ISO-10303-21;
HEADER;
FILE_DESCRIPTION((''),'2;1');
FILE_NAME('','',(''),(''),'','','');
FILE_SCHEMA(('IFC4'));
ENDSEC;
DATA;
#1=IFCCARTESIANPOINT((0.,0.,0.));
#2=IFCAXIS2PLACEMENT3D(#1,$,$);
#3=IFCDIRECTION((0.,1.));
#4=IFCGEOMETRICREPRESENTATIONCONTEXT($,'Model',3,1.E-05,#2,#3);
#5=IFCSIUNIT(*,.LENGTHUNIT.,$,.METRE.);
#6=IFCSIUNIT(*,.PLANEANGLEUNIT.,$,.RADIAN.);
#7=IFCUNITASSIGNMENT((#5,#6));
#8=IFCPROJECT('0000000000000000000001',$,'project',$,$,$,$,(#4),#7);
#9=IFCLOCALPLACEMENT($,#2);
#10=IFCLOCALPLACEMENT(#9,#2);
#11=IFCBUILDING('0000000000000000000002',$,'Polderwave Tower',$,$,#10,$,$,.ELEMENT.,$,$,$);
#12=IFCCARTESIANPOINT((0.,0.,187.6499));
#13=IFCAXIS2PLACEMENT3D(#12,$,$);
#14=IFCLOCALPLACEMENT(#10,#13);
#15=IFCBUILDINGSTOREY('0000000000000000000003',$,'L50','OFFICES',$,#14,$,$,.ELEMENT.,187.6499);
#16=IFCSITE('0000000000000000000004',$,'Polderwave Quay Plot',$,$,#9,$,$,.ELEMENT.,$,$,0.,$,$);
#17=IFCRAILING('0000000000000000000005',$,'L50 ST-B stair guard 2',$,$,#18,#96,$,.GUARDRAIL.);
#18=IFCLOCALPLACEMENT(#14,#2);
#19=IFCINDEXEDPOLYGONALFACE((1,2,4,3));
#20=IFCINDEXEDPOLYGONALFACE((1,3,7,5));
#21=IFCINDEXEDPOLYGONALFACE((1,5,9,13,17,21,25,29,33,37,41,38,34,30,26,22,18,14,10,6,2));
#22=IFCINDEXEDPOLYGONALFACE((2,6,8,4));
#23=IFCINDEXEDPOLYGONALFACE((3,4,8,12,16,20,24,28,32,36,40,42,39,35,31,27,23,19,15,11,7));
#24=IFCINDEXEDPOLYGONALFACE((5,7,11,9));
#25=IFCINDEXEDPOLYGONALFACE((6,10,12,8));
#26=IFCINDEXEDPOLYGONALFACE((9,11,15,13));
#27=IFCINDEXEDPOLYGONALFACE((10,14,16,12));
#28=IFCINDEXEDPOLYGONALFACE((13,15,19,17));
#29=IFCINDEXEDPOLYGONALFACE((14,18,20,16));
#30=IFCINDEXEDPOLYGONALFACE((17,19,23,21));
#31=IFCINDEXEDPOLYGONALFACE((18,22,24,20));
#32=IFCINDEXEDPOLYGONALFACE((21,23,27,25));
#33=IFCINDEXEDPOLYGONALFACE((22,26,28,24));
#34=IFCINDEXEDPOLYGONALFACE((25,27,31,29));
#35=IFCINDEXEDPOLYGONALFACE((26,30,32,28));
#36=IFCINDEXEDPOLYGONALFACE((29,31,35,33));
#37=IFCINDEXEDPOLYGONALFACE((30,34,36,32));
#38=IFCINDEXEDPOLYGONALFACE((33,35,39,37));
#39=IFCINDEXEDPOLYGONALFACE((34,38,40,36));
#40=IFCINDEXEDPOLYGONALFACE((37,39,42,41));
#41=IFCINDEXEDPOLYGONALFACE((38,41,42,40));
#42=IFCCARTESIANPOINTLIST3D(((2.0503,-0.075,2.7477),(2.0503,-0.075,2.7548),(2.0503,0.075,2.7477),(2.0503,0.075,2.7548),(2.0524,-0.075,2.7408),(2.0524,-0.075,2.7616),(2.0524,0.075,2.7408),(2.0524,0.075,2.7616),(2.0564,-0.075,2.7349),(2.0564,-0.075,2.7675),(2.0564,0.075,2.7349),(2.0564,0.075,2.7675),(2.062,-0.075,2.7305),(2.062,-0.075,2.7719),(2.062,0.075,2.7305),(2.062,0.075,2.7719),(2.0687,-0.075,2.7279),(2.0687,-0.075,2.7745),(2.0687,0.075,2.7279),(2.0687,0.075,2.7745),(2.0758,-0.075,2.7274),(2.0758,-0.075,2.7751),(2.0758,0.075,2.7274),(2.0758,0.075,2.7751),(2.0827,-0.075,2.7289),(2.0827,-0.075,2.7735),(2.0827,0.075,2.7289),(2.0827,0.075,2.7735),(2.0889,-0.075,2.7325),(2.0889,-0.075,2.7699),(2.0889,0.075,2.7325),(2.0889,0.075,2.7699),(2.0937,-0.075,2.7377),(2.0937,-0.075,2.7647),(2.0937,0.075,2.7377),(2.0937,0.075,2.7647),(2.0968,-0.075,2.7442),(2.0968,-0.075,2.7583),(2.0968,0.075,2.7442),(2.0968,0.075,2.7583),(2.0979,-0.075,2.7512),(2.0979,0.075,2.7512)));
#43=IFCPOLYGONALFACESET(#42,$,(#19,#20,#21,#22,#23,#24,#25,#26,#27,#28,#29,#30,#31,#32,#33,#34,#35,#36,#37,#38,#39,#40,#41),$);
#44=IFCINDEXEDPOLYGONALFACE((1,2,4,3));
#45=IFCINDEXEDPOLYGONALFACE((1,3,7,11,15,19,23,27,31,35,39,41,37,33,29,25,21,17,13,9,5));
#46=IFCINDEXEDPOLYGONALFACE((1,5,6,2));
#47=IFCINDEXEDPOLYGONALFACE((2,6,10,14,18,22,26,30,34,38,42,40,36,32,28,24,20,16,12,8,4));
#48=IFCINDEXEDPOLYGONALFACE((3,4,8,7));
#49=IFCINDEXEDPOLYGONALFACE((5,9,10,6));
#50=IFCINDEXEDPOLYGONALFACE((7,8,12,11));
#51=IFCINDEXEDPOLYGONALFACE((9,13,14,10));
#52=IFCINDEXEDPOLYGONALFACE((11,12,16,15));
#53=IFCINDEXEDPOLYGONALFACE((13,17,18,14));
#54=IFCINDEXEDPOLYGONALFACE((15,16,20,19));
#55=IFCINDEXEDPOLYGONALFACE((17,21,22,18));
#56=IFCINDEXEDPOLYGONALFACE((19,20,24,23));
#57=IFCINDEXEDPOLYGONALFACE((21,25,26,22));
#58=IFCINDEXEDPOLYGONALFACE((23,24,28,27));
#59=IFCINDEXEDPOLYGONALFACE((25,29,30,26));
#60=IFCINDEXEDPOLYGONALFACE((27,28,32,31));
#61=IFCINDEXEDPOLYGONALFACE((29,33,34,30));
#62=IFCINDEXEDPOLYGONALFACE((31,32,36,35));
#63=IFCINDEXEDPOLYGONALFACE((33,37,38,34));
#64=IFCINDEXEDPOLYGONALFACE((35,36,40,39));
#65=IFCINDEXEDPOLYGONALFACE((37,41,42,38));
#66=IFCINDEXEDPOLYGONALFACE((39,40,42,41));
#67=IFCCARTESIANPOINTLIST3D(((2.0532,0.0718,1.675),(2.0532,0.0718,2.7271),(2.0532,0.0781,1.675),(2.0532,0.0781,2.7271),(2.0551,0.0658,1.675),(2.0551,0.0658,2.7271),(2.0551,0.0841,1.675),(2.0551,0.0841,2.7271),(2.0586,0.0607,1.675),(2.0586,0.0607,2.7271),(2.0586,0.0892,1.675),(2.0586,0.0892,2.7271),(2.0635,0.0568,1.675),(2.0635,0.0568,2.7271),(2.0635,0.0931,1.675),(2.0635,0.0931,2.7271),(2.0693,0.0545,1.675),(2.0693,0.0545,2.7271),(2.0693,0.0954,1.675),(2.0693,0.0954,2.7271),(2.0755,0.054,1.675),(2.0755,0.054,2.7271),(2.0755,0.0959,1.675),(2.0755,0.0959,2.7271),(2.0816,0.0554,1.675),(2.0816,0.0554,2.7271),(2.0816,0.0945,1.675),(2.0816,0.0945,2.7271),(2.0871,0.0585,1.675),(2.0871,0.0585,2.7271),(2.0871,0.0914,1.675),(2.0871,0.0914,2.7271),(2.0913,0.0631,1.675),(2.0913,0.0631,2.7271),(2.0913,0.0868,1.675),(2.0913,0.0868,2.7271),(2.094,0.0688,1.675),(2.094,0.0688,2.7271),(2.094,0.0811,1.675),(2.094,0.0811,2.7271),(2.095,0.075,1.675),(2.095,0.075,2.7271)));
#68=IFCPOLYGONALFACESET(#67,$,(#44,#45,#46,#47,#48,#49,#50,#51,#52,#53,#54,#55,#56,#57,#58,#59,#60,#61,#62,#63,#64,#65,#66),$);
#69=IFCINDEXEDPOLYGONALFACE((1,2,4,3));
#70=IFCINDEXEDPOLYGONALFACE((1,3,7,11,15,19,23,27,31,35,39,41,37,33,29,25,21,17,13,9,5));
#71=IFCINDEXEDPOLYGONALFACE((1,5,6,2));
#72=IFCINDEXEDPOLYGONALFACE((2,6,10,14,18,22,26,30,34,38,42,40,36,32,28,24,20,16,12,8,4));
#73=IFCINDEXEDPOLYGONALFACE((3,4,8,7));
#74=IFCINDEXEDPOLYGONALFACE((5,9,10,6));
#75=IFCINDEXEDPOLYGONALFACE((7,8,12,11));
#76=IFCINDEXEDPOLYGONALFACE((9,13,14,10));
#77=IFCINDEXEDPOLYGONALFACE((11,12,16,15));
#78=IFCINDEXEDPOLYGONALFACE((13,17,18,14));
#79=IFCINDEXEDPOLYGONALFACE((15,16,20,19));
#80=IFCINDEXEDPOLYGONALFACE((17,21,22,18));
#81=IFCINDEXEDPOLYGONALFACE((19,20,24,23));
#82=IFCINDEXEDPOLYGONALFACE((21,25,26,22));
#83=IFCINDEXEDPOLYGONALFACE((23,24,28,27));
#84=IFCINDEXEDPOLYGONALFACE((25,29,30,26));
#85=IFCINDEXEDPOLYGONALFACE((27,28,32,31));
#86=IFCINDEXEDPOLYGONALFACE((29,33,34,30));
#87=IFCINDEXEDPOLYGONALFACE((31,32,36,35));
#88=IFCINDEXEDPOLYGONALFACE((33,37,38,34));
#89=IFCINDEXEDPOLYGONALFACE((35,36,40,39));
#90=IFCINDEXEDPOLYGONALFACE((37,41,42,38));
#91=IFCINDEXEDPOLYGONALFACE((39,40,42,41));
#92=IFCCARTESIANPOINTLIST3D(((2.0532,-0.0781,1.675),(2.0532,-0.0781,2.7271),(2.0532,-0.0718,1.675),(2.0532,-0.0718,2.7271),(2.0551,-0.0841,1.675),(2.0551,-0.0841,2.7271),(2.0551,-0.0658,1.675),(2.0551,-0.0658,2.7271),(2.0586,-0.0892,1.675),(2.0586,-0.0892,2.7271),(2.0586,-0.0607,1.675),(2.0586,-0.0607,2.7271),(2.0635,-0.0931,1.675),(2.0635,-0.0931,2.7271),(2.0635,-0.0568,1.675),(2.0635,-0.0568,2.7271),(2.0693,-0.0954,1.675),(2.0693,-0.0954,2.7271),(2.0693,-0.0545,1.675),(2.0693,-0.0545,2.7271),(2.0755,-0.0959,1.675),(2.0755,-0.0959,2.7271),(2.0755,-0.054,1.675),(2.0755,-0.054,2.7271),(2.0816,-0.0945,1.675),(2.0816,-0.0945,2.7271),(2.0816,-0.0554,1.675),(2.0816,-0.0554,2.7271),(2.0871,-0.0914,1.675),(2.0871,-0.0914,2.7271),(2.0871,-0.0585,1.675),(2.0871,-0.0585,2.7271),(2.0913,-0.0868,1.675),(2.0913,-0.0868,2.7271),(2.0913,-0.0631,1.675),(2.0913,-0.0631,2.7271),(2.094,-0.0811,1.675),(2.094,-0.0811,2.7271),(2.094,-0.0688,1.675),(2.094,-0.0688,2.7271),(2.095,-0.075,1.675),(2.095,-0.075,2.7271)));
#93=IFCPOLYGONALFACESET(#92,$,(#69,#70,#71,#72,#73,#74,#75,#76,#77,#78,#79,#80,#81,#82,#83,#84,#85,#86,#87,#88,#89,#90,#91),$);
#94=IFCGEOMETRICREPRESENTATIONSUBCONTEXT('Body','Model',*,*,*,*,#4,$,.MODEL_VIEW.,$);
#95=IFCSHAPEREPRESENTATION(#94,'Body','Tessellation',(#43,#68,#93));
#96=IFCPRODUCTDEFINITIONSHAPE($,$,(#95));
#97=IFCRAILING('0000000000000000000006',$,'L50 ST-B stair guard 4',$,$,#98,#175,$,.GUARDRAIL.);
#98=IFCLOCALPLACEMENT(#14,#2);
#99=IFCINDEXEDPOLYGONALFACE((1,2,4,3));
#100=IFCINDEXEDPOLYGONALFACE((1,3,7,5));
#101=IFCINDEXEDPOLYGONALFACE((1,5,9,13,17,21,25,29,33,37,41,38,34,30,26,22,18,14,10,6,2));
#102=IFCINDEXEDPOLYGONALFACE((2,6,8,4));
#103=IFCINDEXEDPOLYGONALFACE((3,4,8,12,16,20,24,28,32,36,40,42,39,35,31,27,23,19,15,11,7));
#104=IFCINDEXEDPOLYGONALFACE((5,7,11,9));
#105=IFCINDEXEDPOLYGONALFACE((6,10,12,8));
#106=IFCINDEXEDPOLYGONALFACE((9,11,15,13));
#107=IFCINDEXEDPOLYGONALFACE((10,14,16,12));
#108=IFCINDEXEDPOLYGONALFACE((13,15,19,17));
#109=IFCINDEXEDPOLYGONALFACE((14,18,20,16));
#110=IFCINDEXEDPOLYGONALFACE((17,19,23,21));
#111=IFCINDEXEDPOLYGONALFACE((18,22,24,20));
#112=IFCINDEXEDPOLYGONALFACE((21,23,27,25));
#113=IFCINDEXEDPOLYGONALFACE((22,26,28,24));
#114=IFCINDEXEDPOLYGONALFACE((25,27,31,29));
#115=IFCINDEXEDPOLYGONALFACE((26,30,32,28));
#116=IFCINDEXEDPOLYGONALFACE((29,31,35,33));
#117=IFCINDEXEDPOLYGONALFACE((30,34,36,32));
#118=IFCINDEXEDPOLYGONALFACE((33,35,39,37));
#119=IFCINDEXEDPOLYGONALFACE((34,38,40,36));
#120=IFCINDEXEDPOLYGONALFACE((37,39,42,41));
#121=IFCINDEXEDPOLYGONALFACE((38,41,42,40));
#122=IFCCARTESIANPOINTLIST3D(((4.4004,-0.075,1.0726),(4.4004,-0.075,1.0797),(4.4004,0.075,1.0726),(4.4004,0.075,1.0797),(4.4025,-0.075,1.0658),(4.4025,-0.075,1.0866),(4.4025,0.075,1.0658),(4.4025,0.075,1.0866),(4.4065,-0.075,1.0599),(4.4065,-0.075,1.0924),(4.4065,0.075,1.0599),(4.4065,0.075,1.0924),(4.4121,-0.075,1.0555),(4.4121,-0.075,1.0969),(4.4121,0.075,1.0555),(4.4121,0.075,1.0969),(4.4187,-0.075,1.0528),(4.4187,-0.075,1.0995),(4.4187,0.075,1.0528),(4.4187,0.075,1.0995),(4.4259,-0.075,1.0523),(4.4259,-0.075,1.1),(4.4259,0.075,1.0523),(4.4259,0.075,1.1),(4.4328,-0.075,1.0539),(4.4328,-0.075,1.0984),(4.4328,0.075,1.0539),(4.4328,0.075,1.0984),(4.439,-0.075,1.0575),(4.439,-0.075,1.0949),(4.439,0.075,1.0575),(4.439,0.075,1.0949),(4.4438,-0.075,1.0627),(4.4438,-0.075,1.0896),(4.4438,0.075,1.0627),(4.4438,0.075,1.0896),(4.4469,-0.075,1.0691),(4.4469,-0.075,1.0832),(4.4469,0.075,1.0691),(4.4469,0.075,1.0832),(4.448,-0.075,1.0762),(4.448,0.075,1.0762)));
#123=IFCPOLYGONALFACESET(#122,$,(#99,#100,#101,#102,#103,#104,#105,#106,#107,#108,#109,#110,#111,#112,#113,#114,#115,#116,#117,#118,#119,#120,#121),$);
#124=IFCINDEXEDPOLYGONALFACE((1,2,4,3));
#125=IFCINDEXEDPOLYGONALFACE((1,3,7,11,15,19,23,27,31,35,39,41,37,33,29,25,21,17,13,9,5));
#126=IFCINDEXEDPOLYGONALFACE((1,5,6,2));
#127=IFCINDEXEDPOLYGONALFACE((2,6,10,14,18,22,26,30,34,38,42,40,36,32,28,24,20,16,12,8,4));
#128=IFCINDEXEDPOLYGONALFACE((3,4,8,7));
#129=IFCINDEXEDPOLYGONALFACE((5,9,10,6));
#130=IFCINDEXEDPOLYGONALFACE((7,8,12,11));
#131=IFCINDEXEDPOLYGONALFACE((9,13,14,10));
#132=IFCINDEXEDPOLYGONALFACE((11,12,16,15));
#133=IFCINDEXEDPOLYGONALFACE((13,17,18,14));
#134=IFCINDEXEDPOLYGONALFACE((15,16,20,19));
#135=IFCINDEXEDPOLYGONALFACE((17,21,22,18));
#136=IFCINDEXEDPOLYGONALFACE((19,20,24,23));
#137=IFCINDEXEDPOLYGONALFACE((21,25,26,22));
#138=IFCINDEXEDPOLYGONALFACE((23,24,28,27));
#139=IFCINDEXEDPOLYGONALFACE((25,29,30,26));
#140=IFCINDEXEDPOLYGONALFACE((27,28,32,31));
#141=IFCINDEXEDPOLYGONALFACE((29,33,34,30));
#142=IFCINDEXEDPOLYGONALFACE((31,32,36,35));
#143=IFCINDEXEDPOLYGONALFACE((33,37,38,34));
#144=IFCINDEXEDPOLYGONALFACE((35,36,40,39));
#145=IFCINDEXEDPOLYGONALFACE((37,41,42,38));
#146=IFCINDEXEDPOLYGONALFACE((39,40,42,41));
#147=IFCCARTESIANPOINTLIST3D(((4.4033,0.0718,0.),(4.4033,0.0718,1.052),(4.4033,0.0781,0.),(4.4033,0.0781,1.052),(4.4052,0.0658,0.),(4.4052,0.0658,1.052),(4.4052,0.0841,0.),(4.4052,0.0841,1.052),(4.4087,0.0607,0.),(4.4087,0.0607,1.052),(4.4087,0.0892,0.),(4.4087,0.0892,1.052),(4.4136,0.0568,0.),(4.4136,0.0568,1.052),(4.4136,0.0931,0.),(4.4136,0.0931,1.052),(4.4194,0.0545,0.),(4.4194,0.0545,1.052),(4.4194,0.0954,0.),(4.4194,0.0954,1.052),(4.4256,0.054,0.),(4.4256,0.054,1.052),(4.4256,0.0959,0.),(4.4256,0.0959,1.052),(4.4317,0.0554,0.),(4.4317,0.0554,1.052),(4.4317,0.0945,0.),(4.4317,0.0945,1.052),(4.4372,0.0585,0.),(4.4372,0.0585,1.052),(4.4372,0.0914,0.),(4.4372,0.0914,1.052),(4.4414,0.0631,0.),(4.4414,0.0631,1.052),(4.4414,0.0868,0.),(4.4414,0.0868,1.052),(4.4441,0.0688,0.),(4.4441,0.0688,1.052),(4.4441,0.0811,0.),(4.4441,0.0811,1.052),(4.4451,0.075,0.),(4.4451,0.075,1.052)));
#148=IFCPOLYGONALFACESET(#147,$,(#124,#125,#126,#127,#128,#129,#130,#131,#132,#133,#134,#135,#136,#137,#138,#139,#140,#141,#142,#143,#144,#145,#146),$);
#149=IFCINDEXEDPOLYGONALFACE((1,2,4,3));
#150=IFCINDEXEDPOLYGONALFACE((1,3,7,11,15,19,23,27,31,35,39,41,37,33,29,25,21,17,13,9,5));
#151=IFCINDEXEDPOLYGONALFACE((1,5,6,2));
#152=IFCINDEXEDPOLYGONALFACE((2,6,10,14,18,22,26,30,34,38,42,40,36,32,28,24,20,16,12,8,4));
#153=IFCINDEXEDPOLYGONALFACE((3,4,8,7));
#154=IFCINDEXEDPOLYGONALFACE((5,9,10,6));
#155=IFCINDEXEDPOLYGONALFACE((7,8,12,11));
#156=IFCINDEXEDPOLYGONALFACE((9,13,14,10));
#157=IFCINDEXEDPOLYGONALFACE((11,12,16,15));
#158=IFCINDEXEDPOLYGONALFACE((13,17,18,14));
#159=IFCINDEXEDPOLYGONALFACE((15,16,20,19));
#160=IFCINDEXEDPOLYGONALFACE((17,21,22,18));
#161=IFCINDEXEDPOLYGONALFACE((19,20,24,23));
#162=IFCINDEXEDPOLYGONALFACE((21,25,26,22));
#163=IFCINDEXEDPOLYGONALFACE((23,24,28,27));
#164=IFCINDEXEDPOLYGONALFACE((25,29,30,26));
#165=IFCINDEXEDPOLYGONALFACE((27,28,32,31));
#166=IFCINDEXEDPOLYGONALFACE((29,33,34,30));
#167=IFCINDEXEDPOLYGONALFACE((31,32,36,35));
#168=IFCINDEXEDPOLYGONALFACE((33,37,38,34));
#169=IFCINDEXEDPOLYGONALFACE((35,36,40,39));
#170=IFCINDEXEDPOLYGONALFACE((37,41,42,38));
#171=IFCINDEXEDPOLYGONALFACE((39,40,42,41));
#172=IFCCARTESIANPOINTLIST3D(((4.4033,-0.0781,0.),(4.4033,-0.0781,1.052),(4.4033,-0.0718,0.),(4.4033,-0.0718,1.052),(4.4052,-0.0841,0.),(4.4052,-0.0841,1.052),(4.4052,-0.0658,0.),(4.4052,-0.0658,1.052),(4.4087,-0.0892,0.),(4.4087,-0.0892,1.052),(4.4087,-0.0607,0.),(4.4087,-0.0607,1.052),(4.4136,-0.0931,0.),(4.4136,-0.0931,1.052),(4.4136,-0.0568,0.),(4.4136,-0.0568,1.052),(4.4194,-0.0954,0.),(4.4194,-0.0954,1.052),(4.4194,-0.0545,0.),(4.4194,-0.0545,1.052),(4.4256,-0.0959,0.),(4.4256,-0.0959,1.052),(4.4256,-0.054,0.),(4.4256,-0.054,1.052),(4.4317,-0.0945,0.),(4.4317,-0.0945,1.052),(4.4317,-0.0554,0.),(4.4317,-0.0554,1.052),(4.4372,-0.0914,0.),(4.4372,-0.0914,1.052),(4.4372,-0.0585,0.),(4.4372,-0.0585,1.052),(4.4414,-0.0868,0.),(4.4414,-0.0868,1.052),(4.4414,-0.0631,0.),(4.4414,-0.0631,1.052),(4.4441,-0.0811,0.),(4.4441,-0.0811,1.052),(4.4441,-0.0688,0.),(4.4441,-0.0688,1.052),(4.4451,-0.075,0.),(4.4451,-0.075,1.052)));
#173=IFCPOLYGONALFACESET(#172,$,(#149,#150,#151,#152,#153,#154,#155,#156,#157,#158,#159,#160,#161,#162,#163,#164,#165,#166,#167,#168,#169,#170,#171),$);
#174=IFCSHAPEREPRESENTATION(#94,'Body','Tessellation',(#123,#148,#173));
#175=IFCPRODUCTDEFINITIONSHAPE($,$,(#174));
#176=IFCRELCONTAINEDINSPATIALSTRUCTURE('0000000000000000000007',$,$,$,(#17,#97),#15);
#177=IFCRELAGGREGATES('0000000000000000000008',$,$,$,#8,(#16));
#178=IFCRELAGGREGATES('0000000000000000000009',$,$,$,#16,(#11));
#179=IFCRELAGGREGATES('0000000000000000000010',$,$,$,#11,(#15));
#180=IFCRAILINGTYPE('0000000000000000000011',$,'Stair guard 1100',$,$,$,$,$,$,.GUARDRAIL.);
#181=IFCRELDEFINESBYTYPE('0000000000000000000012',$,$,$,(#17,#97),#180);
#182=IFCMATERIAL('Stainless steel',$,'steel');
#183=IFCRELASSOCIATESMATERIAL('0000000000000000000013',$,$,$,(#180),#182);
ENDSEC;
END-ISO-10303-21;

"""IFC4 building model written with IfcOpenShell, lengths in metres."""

from ifc_helpers import new_model, si_unit, direction, frame, origin, origin_2d, place, context, subcontext, project, spatial, circle, extrude, material, type_object, element, save


model = new_model("IFC4")

# Units and contexts
model_context = context("Model", 3, precision=1e-05, world=origin(), true_north=direction((0.0, 1.0)))
body_context = subcontext(model_context, "Body", "Model", "MODEL_VIEW")
ifc_project = project(units=[si_unit("LENGTHUNIT", "METRE"), si_unit("PLANEANGLEUNIT", "RADIAN")], contexts=[model_context])

# Site, building, storey
site_placement = place(None, origin())
site = spatial("IfcSite", under=ifc_project, at=site_placement, Name="Polderwave Quay Plot", CompositionType="ELEMENT", RefElevation=0.0)
building_placement = place(site_placement, origin())
building = spatial("IfcBuilding", under=site, at=building_placement, Name="Polderwave Tower", CompositionType="ELEMENT")
storey_placement = place(building_placement, frame((0.0, 0.0, 187.6499)))
storey = spatial("IfcBuildingStorey", under=building, at=storey_placement, Name="L50", Description="OFFICES", CompositionType="ELEMENT", Elevation=187.6499)

# Railings
ifc_material_1 = material(Name="Stainless steel", Category="steel")
railing_type_1 = type_object("IfcRailingType", Name="Stair guard 1100", PredefinedType="GUARDRAIL", material=ifc_material_1)
for number, where, name in (
    (1, (2.074, 0.075, 1.675), "L50 ST-B stair guard 2"),
    (2, (4.4241, 0.075, 0.0), "L50 ST-B stair guard 4"),
):
    element("IfcRailing", number, at=place(storey_placement, frame(where)), inside=storey, type_object=railing_type_1, Name=name, PredefinedType="GUARDRAIL", context=body_context, shape_type="SweptSolid", body=[
        extrude(circle(Radius=0.0239, at=origin_2d()), frame((0.0, 0.0, 1.0762), z_axis=(0.0, -1.0, 0.0), x_axis=(1.0, 0.0, 0.0)), (0.0, 0.0, 1.0), 0.1499),
        extrude(circle(Radius=0.021, at=origin_2d()), origin(), (0.0, 0.0, 1.0), 1.052),
        extrude(circle(Radius=0.021, at=origin_2d()), frame((0.0, -0.1499, 0.0)), (0.0, 0.0, 1.0), 1.052),
    ])

save(model, "model.ifc")
